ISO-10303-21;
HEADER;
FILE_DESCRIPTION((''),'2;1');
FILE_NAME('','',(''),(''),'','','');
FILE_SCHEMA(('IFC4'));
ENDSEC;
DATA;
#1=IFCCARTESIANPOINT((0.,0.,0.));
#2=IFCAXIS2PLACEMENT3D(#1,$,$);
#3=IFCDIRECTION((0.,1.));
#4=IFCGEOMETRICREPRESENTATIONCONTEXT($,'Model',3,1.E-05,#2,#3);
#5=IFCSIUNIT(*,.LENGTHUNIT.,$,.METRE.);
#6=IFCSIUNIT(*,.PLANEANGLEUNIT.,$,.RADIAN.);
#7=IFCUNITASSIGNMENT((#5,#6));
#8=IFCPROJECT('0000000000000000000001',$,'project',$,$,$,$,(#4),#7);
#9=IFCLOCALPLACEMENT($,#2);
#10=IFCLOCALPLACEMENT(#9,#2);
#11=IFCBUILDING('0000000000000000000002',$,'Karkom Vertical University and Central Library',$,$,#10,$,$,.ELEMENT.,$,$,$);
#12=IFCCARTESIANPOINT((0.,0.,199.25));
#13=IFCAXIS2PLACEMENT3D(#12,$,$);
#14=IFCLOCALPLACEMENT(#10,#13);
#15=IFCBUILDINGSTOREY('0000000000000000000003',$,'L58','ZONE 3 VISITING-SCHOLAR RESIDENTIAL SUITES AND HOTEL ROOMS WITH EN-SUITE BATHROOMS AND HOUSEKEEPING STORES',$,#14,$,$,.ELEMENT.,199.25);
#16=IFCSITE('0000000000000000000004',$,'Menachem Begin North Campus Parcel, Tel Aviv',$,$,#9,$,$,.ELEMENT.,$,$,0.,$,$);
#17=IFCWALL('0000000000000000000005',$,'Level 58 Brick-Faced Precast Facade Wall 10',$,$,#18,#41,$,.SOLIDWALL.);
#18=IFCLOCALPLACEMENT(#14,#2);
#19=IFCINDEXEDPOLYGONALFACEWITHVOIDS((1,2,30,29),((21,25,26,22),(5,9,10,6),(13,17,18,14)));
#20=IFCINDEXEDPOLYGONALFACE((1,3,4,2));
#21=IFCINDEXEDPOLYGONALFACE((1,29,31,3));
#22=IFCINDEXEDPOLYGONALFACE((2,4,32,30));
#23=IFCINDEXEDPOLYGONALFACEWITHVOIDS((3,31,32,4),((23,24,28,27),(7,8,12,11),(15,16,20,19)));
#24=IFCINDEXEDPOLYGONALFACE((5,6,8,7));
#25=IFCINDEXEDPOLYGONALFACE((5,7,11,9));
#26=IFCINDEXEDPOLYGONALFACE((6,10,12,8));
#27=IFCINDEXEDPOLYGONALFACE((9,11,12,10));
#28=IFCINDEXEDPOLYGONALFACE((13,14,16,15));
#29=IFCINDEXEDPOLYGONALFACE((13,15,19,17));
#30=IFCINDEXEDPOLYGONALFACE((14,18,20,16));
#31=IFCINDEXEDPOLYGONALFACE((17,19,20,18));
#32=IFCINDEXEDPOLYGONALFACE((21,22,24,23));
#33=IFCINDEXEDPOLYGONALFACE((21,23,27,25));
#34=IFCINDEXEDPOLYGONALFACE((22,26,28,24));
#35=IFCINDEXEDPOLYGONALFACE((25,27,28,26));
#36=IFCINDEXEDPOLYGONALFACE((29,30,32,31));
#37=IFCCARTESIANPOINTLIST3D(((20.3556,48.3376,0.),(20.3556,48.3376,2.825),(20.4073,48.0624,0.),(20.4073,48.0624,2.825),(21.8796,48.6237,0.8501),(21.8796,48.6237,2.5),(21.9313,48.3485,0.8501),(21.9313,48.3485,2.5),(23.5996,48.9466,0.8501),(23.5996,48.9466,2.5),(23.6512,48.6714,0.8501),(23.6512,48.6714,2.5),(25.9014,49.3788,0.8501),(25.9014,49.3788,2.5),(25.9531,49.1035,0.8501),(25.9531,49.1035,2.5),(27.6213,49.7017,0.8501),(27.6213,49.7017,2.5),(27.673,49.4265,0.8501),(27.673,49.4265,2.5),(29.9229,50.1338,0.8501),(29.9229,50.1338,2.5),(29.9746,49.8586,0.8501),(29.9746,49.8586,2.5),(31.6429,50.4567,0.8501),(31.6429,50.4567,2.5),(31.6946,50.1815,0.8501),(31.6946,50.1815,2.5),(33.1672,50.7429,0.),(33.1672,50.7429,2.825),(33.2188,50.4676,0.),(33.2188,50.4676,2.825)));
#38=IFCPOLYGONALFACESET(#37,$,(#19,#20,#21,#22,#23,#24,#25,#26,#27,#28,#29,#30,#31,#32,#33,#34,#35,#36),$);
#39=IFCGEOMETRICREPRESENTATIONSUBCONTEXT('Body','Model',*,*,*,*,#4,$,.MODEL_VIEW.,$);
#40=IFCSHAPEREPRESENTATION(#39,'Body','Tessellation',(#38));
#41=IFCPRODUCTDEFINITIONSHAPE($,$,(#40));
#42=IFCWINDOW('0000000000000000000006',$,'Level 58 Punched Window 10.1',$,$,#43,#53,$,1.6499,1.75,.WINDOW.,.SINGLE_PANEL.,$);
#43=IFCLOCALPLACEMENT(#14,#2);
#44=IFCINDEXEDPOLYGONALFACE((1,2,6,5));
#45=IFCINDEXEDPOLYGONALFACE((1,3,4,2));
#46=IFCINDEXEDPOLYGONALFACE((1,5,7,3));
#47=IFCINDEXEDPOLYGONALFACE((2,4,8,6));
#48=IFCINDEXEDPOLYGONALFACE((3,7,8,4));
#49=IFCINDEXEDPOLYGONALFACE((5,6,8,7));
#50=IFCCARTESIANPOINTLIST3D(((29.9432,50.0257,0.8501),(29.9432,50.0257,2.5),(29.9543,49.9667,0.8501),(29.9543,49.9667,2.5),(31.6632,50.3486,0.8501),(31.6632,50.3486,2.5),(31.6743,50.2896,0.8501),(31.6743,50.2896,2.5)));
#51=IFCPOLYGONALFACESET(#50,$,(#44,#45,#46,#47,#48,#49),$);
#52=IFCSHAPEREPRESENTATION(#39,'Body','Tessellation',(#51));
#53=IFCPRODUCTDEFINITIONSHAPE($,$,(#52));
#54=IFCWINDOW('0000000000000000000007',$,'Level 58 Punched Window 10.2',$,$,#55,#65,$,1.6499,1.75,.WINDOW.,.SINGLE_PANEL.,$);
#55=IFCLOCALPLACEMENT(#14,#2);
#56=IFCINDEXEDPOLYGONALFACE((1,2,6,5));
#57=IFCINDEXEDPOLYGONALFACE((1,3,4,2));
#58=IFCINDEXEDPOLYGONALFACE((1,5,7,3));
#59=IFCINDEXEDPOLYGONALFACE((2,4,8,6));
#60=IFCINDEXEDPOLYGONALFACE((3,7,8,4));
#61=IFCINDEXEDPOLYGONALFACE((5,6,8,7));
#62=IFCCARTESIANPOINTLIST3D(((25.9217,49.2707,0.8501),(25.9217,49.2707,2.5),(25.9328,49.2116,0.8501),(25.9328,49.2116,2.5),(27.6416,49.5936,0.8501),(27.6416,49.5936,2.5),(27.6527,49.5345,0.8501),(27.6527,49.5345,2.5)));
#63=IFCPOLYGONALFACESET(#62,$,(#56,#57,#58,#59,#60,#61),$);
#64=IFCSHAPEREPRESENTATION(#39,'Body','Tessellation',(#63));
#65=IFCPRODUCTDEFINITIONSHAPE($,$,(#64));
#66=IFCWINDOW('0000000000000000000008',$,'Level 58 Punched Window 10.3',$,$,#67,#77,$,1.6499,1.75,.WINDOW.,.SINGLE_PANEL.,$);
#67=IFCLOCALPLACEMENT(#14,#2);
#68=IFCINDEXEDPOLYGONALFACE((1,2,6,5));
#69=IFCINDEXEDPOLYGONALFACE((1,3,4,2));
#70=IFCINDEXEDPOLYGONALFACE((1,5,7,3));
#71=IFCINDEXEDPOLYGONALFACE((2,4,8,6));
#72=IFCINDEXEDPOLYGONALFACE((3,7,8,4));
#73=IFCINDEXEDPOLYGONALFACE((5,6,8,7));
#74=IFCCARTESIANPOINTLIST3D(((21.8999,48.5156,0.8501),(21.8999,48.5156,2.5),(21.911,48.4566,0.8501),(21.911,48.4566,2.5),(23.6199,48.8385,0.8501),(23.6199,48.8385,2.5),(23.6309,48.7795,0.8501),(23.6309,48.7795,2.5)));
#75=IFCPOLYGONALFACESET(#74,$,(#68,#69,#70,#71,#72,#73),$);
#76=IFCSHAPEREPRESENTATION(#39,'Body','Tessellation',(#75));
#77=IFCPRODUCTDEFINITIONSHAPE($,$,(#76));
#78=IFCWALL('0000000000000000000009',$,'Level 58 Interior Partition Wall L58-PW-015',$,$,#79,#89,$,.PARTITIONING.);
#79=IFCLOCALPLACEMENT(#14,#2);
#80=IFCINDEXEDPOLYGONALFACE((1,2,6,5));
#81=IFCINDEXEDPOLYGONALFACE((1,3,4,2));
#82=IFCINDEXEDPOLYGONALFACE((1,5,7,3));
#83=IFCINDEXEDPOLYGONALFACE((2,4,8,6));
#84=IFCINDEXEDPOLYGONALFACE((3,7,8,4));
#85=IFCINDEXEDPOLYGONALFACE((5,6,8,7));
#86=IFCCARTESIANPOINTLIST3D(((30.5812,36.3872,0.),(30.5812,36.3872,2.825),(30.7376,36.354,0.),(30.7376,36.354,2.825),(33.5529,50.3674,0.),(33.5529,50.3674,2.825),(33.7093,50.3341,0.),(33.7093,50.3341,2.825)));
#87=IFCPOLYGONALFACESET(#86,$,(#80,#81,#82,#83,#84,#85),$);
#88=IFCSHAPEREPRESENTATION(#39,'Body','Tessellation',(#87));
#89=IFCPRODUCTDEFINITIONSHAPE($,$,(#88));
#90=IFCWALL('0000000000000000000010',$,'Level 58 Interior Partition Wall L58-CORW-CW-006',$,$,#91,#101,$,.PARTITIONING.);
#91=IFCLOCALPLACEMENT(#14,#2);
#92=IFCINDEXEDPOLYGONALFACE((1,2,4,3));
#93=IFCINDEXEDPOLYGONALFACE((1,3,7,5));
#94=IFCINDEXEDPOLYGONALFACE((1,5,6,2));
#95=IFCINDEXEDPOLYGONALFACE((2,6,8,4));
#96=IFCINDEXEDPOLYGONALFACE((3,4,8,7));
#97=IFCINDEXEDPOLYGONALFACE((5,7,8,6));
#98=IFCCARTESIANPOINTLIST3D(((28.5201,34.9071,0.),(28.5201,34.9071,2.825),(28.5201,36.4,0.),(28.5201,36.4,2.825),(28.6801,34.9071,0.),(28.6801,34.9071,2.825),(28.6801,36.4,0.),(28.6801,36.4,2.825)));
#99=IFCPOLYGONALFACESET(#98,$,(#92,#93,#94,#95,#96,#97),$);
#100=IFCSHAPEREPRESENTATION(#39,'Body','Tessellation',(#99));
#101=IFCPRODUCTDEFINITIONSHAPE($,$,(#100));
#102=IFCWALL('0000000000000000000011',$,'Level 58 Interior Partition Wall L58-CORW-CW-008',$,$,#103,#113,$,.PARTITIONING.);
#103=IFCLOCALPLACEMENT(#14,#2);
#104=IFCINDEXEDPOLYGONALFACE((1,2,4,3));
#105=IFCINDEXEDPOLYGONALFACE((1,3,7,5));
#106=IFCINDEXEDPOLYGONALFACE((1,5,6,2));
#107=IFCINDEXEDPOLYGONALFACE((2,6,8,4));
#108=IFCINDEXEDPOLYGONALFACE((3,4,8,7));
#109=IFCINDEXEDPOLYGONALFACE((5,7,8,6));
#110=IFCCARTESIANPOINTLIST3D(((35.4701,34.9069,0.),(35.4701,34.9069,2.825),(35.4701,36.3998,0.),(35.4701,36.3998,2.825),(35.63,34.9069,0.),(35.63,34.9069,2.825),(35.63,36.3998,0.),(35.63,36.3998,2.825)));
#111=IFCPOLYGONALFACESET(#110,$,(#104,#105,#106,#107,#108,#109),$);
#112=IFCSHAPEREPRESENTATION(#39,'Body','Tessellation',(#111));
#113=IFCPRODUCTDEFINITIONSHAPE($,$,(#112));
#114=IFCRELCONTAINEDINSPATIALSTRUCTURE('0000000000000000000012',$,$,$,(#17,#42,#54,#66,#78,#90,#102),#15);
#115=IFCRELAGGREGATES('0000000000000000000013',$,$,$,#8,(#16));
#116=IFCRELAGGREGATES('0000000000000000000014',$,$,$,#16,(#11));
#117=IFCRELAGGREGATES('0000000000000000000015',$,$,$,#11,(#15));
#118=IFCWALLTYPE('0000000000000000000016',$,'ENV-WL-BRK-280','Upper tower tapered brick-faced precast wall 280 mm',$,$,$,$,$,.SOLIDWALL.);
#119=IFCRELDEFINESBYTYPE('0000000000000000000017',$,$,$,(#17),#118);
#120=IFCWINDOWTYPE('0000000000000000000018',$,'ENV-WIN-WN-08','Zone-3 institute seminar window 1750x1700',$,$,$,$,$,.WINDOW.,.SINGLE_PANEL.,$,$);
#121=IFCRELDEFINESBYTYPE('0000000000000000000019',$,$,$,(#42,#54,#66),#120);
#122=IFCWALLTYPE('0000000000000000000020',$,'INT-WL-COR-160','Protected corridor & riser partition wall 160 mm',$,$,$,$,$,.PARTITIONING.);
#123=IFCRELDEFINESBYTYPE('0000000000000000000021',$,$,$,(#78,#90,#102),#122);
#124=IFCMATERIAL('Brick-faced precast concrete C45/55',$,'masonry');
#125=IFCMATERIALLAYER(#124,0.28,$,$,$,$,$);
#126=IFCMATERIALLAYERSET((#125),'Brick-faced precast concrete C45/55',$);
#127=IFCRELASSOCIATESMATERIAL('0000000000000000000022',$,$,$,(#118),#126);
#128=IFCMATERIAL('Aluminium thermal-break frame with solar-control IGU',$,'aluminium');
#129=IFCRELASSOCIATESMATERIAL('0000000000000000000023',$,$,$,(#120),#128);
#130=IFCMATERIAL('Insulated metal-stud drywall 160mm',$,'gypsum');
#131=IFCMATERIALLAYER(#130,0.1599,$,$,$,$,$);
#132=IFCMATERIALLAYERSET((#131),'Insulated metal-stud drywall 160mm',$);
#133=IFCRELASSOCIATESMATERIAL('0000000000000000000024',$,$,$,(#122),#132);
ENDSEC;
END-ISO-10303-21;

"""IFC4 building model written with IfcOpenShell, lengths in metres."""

from ifc_helpers import new_model, si_unit, direction, frame, frame_2d, origin, origin_with_axes, place, context, subcontext, project, spatial, rectangle, extrude, source, transform, mapped, material, layer, layer_set, type_object, element, fill, save


model = new_model("IFC4")

# Units and contexts
model_context = context("Model", 3, precision=1e-05, world=origin(), true_north=direction((0.0, 1.0)))
body_context = subcontext(model_context, "Body", "Model", "MODEL_VIEW")
ifc_project = project(units=[si_unit("LENGTHUNIT", "METRE"), si_unit("PLANEANGLEUNIT", "RADIAN")], contexts=[model_context])

# Site, building, storey
site_placement = place(None, origin())
site = spatial("IfcSite", under=ifc_project, at=site_placement, Name="Menachem Begin North Campus Parcel, Tel Aviv", CompositionType="ELEMENT", RefElevation=0.0)
building_placement = place(site_placement, origin())
building = spatial("IfcBuilding", under=site, at=building_placement, Name="Karkom Vertical University and Central Library", CompositionType="ELEMENT")
storey_placement = place(building_placement, frame((0.0, 0.0, 199.25)))
storey = spatial("IfcBuildingStorey", under=building, at=storey_placement, Name="L58", Description="ZONE 3 VISITING-SCHOLAR RESIDENTIAL SUITES AND HOTEL ROOMS WITH EN-SUITE BATHROOMS AND HOUSEKEEPING STORES", CompositionType="ELEMENT", Elevation=199.25)

# Wall, openings, windows
ifc_material_1 = material(Name="Brick-faced precast concrete C45/55", Category="masonry")
ifc_layer_1 = layer(ifc_material_1, 0.28)
ifc_layer_set_1 = layer_set([ifc_layer_1], Name="Brick-faced precast concrete C45/55")
wall_type_1 = type_object("IfcWallType", Name="ENV-WL-BRK-280", Description="Upper tower tapered brick-faced precast wall 280 mm", PredefinedType="SOLIDWALL", material=ifc_layer_set_1)
ifc_material_2 = material(Name="Aluminium thermal-break frame with solar-control IGU", Category="aluminium")
window_type = type_object("IfcWindowType", Name="ENV-WIN-WN-08", Description="Zone-3 institute seminar window 1750x1700", PartitioningType="SINGLE_PANEL", PredefinedType="WINDOW", material=ifc_material_2)
shared_shape_1 = source(origin_with_axes(), body_context, "Body", "SweptSolid", [
    extrude(rectangle(XDim=1.75, YDim=1.6499, at=frame_2d((0.875, 0.825))), frame((0.0, 0.03, 0.0), z_axis=(0.0, -1.0, 0.0), x_axis=(1.0, 0.0, 0.0)), (0.0, 0.0, 1.0), 0.0601),
])
wall_1_placement = place(storey_placement, frame((33.1929, 50.6052, 0.0), z_axis=(0.0, 0.0, 1.0), x_axis=(-0.982829, -0.184519, 0.0)))
wall_1 = element("IfcWall", 1, at=wall_1_placement, inside=storey, type_object=wall_type_1, Name="Level 58 Brick-Faced Precast Facade Wall 10", PredefinedType="SOLIDWALL", context=body_context, shape_type="SweptSolid", body=[
    extrude(rectangle(XDim=13.0354, YDim=0.28, at=frame_2d((6.5176, 0.0))), origin(), (0.0, 0.0, 1.0), 2.825),
])
opening_1_placement = place(wall_1_placement, frame((1.5508, 0.0, 0.8501)))
opening_1 = element("IfcOpeningElement", 2, at=opening_1_placement, cuts=wall_1, PredefinedType="OPENING", context=body_context, shape_type="SweptSolid", body=[
    extrude(rectangle(XDim=1.75, YDim=1.6499, at=frame_2d((0.875, 0.825))), frame((0.0, 0.1499, 0.0), z_axis=(0.0, -1.0, 0.0), x_axis=(1.0, 0.0, 0.0)), (0.0, 0.0, 1.0), 0.3),
])
opening_2_placement = place(wall_1_placement, frame((5.6426, 0.0, 0.8501)))
opening_2 = element("IfcOpeningElement", 3, at=opening_2_placement, cuts=wall_1, PredefinedType="OPENING", context=body_context, shape_type="SweptSolid", body=[
    extrude(rectangle(XDim=1.75, YDim=1.6499, at=frame_2d((0.875, 0.825))), frame((0.0, 0.1499, 0.0), z_axis=(0.0, -1.0, 0.0), x_axis=(1.0, 0.0, 0.0)), (0.0, 0.0, 1.0), 0.3),
])
opening_3_placement = place(wall_1_placement, frame((9.7346, 0.0, 0.8501)))
opening_3 = element("IfcOpeningElement", 4, at=opening_3_placement, cuts=wall_1, PredefinedType="OPENING", context=body_context, shape_type="SweptSolid", body=[
    extrude(rectangle(XDim=1.75, YDim=1.6499, at=frame_2d((0.875, 0.825))), frame((0.0, 0.1499, 0.0), z_axis=(0.0, -1.0, 0.0), x_axis=(1.0, 0.0, 0.0)), (0.0, 0.0, 1.0), 0.3),
])
window_1_placement = place(opening_1_placement, origin())
window_1 = element("IfcWindow", 5, at=window_1_placement, inside=storey, type_object=window_type, Name="Level 58 Punched Window 10.1", OverallHeight=1.6499, OverallWidth=1.75, PartitioningType="SINGLE_PANEL", PredefinedType="WINDOW", context=body_context, shape_type="MappedRepresentation", body=[
    mapped(shared_shape_1, transform((0.0, 0.0, 0.0), scale=1.0)),
])
fill(opening_1, window_1)
window_2_placement = place(opening_2_placement, origin())
window_2 = element("IfcWindow", 6, at=window_2_placement, inside=storey, type_object=window_type, Name="Level 58 Punched Window 10.2", OverallHeight=1.6499, OverallWidth=1.75, PartitioningType="SINGLE_PANEL", PredefinedType="WINDOW", context=body_context, shape_type="MappedRepresentation", body=[
    mapped(shared_shape_1, transform((0.0, 0.0, 0.0), scale=1.0)),
])
fill(opening_2, window_2)
window_3_placement = place(opening_3_placement, origin())
window_3 = element("IfcWindow", 7, at=window_3_placement, inside=storey, type_object=window_type, Name="Level 58 Punched Window 10.3", OverallHeight=1.6499, OverallWidth=1.75, PartitioningType="SINGLE_PANEL", PredefinedType="WINDOW", context=body_context, shape_type="MappedRepresentation", body=[
    mapped(shared_shape_1, transform((0.0, 0.0, 0.0), scale=1.0)),
])
fill(opening_3, window_3)

# Wall
ifc_material_3 = material(Name="Insulated metal-stud drywall 160mm", Category="gypsum")
ifc_layer_2 = layer(ifc_material_3, 0.1599)
ifc_layer_set_2 = layer_set([ifc_layer_2], Name="Insulated metal-stud drywall 160mm")
wall_type_2 = type_object("IfcWallType", Name="INT-WL-COR-160", Description="Protected corridor & riser partition wall 160 mm", PredefinedType="PARTITIONING", material=ifc_layer_set_2)
wall_2_placement = place(storey_placement, frame((30.6594, 36.3706, 0.0), z_axis=(0.0, 0.0, 1.0), x_axis=(0.207918, 0.978146, 0.0)))
element("IfcWall", 8, at=wall_2_placement, inside=storey, type_object=wall_type_2, Name="Level 58 Interior Partition Wall L58-PW-015", PredefinedType="PARTITIONING", context=body_context, shape_type="SweptSolid", body=[
    extrude(rectangle(XDim=14.2925, YDim=0.1599, at=frame_2d((7.1462, 0.0))), origin(), (0.0, 0.0, 1.0), 2.825),
])

# Walls
for number, where, z_axis, x_axis, name in (
    (9, (28.6001, 34.907, 0.0), (0.0, 0.0, 1.0), (0.0, 1.0, 0.0), "Level 58 Interior Partition Wall L58-CORW-CW-006"),
    (10, (35.55, 36.3999, 0.0), (0.0, 0.0, 1.0), (0.0, -1.0, 0.0), "Level 58 Interior Partition Wall L58-CORW-CW-008"),
):
    element("IfcWall", number, at=place(storey_placement, frame(where, z_axis=z_axis, x_axis=x_axis)), inside=storey, type_object=wall_type_2, Name=name, PredefinedType="PARTITIONING", context=body_context, shape_type="SweptSolid", body=[
        extrude(rectangle(XDim=1.4929, YDim=0.1599, at=frame_2d((0.7466, 0.0))), origin(), (0.0, 0.0, 1.0), 2.825),
    ])

save(model, "model.ifc")
